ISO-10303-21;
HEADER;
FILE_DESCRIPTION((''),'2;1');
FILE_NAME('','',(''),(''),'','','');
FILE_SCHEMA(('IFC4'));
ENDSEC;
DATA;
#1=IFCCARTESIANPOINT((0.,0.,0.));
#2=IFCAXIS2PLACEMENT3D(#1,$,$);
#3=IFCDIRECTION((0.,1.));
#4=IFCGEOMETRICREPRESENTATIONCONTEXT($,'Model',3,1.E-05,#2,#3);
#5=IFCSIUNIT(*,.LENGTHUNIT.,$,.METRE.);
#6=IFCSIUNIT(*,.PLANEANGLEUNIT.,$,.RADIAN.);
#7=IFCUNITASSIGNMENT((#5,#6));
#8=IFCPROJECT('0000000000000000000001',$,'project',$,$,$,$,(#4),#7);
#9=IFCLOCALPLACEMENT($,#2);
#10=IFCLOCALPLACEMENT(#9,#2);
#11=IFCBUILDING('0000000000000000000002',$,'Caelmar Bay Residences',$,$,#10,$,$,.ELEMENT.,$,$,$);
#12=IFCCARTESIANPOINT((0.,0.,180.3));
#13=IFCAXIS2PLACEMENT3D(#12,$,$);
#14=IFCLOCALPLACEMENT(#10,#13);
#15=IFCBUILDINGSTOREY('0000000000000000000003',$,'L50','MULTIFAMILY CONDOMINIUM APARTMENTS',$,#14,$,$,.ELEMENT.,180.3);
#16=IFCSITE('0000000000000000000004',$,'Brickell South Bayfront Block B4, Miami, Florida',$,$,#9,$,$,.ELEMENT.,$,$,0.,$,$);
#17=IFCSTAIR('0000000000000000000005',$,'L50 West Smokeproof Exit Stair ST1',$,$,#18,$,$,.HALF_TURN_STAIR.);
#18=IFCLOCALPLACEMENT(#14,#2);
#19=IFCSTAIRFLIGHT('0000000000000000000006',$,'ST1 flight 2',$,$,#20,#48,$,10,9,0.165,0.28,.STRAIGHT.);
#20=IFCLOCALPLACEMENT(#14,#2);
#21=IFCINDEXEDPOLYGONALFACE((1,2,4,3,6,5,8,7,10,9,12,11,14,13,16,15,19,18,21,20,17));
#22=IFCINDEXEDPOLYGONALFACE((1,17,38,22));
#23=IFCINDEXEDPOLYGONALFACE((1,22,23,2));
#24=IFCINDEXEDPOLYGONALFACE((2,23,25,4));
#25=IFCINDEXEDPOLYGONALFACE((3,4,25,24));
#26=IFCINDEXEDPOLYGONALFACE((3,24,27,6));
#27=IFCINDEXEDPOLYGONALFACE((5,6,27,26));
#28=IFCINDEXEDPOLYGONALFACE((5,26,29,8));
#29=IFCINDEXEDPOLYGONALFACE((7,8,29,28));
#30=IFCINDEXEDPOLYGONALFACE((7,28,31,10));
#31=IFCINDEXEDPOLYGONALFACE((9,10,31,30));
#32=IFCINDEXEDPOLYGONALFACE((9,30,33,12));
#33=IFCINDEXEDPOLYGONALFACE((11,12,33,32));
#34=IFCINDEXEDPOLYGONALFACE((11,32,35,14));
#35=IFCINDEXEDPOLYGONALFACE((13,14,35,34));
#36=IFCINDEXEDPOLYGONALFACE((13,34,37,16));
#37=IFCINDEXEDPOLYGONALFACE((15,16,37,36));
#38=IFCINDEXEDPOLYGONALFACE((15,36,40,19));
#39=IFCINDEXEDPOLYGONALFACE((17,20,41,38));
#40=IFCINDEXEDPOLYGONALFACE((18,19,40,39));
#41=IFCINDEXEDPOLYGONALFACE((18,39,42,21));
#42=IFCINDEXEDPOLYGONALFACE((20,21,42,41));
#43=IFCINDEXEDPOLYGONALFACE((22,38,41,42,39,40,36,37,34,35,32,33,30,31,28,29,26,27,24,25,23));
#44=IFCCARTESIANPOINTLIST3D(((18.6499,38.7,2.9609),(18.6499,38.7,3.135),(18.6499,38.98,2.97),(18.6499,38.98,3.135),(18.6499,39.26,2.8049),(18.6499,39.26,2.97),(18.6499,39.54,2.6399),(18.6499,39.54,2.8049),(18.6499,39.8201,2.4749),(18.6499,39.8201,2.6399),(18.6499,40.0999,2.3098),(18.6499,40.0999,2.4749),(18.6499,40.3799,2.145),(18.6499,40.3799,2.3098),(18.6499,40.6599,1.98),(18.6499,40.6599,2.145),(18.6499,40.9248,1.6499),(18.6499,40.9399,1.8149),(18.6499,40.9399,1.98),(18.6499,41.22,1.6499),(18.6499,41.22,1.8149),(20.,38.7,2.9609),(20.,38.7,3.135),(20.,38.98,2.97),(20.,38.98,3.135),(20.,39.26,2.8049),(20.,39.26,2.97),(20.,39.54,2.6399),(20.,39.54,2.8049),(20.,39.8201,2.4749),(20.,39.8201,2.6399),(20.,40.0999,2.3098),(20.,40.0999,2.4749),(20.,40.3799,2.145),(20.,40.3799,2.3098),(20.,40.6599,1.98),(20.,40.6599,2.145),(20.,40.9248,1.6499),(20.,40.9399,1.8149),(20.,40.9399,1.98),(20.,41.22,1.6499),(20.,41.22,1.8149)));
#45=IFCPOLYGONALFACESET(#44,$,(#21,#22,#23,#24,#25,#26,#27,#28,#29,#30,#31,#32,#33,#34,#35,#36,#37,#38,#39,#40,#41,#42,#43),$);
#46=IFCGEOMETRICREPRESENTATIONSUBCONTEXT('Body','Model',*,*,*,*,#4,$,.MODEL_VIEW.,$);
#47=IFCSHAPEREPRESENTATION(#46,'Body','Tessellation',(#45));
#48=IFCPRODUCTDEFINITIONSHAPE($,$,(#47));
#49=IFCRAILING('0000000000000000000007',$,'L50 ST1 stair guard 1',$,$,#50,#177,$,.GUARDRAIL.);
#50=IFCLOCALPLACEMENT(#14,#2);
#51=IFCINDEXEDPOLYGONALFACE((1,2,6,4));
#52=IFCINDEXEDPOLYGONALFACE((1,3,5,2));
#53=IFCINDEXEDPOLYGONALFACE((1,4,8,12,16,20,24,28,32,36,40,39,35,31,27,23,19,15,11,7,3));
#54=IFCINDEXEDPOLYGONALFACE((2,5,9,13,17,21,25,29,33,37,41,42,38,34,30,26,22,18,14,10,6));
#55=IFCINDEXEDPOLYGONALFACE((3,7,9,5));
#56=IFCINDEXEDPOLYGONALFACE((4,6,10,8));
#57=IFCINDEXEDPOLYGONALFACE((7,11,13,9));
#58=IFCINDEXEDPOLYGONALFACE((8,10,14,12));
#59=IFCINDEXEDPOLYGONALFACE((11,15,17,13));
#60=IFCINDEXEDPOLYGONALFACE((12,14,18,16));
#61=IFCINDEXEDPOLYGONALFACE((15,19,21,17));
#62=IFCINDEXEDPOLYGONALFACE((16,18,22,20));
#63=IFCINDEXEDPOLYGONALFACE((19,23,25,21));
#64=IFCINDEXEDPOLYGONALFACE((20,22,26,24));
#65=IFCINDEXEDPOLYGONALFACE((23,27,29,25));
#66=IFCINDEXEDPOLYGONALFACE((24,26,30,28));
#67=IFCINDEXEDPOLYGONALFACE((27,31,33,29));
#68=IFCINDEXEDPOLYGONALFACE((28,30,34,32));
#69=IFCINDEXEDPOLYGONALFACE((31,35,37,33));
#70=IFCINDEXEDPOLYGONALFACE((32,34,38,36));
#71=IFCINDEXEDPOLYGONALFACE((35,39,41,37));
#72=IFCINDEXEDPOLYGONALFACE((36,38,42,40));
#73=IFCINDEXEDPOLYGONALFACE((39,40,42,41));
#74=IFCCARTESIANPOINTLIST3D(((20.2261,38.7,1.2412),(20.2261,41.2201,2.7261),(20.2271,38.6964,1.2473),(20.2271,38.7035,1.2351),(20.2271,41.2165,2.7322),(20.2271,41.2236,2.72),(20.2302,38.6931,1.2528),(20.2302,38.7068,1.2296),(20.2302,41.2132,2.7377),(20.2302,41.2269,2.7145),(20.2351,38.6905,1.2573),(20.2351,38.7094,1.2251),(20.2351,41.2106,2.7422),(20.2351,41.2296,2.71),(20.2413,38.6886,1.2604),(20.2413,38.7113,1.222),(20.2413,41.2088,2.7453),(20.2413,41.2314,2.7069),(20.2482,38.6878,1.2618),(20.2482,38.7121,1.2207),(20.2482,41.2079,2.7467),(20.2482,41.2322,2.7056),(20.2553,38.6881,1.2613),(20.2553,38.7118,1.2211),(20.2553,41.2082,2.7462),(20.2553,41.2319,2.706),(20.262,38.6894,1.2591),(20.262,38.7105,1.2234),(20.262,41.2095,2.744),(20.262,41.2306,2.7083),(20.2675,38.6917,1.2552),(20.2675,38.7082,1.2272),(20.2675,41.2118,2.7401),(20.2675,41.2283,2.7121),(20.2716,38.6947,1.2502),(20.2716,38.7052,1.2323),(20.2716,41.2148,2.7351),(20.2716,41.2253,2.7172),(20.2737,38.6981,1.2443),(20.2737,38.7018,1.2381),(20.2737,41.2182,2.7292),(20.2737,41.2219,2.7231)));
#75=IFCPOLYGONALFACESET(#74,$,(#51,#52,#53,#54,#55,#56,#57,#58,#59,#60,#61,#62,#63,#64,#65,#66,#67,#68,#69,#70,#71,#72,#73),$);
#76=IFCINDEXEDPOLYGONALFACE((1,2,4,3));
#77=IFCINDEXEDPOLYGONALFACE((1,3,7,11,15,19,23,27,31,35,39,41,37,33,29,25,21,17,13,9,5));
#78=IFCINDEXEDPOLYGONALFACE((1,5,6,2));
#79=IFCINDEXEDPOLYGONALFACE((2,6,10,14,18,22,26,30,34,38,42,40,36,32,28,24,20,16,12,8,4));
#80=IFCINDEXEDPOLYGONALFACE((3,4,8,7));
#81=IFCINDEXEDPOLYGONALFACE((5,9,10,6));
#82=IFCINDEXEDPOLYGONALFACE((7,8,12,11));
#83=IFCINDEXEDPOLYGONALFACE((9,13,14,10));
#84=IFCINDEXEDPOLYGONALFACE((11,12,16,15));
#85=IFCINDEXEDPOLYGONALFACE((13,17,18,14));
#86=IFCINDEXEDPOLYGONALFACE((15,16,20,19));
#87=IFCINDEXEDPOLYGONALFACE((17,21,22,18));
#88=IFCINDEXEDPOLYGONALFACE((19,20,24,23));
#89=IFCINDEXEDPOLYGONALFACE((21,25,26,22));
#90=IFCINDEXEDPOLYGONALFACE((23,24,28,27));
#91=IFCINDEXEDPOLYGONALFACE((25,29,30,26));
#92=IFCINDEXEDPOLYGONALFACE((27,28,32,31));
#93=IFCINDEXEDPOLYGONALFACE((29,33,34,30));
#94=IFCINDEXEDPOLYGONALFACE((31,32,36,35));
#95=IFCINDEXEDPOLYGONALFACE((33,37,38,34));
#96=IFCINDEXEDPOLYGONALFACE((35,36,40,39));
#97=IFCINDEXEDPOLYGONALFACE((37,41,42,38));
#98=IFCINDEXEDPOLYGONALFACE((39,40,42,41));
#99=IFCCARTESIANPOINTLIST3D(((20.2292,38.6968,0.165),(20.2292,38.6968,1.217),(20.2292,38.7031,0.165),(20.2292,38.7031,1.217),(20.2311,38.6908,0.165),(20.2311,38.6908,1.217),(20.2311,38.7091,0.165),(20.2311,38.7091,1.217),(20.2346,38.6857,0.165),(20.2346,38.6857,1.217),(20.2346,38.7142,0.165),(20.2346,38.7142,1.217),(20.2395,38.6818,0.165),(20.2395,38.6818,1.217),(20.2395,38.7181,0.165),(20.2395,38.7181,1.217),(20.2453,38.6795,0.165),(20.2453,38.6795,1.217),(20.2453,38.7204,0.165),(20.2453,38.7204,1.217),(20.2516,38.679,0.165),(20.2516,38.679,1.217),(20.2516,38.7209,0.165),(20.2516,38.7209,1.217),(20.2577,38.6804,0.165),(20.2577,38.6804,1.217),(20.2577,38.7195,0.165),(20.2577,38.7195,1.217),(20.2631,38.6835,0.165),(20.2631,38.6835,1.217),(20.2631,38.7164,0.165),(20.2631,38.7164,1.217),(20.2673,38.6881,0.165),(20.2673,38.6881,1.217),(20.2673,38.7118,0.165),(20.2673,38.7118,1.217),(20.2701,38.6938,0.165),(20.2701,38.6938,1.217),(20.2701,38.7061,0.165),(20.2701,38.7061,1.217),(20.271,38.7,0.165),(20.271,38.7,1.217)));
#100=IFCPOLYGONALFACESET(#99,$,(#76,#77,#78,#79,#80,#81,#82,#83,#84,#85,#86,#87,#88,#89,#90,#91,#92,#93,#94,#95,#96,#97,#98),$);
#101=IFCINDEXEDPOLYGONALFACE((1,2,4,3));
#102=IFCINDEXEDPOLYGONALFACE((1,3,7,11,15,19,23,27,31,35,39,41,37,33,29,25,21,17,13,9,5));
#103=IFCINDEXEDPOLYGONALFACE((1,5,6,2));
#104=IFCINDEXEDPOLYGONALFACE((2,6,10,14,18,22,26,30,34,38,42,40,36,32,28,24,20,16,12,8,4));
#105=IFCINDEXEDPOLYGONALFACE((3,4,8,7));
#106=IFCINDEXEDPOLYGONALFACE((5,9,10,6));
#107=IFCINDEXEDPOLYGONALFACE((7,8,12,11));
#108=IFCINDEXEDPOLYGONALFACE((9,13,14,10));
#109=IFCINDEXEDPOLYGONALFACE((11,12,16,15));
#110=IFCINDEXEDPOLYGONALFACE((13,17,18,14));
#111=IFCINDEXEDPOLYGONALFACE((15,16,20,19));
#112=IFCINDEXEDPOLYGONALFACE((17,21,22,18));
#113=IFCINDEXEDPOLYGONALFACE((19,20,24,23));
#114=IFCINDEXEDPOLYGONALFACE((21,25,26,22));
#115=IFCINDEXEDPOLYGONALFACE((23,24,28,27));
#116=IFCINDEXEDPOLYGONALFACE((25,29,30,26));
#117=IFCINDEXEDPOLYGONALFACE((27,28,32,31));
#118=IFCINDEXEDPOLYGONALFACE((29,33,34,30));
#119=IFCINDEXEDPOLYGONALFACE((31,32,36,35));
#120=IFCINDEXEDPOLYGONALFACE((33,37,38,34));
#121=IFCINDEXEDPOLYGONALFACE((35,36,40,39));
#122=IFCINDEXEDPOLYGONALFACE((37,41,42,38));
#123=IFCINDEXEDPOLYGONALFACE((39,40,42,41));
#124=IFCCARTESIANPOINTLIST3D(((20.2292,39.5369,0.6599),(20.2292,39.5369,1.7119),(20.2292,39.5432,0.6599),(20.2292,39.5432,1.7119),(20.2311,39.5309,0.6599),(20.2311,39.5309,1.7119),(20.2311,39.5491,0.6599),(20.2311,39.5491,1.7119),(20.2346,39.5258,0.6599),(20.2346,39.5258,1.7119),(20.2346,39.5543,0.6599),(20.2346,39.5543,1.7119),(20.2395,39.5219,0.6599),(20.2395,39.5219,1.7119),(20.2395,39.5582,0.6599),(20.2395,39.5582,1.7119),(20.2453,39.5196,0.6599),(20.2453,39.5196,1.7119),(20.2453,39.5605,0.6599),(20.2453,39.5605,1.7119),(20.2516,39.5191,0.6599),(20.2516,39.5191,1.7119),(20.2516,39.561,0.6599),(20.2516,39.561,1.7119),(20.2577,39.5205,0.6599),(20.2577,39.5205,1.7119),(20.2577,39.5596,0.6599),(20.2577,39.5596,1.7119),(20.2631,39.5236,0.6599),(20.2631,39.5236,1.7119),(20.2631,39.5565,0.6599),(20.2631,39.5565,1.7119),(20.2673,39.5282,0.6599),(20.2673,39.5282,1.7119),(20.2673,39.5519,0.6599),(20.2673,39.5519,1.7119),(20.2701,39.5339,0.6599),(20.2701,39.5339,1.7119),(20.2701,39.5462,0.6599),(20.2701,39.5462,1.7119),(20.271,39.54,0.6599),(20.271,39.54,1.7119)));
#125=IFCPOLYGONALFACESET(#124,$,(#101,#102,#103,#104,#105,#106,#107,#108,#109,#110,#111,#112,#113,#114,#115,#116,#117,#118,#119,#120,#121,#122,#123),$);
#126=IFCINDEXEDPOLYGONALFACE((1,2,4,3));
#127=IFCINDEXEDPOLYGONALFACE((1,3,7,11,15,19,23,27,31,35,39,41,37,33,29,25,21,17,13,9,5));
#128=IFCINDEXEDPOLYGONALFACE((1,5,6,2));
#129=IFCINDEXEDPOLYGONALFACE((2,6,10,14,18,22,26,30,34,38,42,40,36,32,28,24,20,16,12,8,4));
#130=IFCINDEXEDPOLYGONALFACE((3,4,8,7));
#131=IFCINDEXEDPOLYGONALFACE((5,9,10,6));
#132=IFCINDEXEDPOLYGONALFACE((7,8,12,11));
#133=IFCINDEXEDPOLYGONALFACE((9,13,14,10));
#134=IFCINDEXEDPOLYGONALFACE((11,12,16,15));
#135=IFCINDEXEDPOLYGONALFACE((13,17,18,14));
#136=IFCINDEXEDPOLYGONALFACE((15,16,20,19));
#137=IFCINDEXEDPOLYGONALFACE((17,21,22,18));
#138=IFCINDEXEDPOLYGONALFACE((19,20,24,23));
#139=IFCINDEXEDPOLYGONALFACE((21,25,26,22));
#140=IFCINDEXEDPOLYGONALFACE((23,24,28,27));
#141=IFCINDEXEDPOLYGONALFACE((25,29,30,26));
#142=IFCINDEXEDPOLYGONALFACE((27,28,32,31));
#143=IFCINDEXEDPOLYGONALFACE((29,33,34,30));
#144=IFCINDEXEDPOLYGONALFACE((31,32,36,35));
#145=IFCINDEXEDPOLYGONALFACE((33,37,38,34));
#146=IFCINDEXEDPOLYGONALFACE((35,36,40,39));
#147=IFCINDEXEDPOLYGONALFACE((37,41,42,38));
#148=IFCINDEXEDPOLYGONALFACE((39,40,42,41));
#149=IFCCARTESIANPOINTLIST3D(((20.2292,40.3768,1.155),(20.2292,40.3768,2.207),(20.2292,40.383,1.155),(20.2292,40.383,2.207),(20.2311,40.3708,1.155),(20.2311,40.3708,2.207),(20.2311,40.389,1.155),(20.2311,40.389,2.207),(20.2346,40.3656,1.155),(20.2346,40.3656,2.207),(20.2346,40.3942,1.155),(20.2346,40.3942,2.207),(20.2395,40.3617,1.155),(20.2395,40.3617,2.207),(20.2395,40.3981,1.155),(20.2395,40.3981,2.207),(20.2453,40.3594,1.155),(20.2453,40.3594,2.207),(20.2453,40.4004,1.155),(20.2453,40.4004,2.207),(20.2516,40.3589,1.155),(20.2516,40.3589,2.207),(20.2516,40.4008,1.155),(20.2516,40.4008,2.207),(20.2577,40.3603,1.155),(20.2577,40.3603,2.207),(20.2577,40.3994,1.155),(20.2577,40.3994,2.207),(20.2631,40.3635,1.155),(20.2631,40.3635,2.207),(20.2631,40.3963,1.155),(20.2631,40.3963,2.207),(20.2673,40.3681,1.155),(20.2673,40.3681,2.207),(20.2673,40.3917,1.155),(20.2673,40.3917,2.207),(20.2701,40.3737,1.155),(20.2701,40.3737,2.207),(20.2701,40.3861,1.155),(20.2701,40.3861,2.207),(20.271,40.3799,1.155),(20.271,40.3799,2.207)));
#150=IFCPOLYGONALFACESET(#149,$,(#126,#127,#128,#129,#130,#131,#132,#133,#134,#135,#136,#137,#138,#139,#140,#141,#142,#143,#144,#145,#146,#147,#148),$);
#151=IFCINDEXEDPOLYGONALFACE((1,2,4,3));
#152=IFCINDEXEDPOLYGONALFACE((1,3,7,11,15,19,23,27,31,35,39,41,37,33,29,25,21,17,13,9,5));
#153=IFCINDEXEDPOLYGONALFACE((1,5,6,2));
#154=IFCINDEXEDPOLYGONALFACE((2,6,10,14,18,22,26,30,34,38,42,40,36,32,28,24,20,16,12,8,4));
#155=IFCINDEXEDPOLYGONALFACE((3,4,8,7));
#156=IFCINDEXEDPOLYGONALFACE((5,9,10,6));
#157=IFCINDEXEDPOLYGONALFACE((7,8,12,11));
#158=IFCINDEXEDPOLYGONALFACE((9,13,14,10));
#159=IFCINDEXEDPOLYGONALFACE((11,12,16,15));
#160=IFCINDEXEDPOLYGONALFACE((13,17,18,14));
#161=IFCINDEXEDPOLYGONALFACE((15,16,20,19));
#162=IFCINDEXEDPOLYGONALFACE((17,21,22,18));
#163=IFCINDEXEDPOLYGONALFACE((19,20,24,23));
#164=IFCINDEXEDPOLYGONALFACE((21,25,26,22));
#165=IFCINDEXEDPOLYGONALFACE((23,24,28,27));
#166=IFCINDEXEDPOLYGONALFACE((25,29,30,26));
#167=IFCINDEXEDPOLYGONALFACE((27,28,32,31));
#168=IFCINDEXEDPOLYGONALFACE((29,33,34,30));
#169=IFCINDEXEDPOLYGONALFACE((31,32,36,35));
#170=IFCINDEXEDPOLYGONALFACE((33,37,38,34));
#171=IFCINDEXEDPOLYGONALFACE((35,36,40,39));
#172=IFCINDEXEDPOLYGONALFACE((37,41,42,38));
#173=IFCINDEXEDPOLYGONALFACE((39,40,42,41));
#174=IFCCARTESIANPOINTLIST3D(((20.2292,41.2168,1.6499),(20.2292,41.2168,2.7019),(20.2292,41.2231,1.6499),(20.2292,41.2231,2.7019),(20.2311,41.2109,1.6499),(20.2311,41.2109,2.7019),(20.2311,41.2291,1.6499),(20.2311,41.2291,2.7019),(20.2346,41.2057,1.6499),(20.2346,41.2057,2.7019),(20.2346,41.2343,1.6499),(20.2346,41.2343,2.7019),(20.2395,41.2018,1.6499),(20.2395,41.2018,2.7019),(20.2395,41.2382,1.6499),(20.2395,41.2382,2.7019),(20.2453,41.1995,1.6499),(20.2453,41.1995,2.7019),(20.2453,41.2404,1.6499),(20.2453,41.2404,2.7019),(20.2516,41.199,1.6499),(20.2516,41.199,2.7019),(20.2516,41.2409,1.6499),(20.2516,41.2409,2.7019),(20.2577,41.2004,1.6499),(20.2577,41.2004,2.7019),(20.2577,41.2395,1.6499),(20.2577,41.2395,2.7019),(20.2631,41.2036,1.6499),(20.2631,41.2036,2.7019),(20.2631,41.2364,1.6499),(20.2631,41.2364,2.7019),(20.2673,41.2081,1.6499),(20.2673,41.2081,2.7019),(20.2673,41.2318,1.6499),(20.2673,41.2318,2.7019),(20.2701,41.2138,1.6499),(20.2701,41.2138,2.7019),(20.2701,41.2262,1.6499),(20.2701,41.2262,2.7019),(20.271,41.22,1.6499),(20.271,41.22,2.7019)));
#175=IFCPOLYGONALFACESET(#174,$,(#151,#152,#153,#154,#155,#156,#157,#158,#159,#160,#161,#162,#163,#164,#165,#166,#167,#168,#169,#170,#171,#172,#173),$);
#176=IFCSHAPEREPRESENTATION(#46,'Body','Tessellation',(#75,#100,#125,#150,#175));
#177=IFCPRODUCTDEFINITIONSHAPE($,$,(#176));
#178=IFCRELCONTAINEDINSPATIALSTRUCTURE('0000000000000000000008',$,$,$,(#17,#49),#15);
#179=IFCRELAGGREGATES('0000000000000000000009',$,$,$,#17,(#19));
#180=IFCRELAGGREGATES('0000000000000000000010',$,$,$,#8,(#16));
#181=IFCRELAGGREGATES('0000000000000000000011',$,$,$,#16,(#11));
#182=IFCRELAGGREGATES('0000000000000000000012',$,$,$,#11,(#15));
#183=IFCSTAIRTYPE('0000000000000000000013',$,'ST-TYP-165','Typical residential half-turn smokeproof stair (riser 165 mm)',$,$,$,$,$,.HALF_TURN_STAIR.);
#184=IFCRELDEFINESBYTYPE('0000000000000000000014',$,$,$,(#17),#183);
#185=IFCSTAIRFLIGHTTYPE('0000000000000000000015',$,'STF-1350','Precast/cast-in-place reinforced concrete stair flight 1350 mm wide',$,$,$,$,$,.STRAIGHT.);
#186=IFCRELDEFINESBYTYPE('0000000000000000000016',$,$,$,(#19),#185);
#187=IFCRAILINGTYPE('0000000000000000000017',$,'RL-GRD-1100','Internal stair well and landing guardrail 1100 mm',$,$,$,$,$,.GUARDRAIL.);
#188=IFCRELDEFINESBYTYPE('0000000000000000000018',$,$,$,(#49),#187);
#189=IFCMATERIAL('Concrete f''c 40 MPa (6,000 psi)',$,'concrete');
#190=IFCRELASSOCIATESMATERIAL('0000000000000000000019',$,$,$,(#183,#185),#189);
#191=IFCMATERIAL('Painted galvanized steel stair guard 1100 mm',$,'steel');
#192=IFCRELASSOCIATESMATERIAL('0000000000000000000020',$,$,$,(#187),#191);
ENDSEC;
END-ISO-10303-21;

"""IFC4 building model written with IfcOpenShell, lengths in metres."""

from ifc_helpers import new_model, si_unit, direction, frame, origin, origin_2d, place, context, subcontext, project, spatial, polyline, circle, outline, extrude, material, type_object, element, aggregate, save


model = new_model("IFC4")

# Units and contexts
model_context = context("Model", 3, precision=1e-05, world=origin(), true_north=direction((0.0, 1.0)))
body_context = subcontext(model_context, "Body", "Model", "MODEL_VIEW")
ifc_project = project(units=[si_unit("LENGTHUNIT", "METRE"), si_unit("PLANEANGLEUNIT", "RADIAN")], contexts=[model_context])

# Site, building, storey
site_placement = place(None, origin())
site = spatial("IfcSite", under=ifc_project, at=site_placement, Name="Brickell South Bayfront Block B4, Miami, Florida", CompositionType="ELEMENT", RefElevation=0.0)
building_placement = place(site_placement, origin())
building = spatial("IfcBuilding", under=site, at=building_placement, Name="Caelmar Bay Residences", CompositionType="ELEMENT")
storey_placement = place(building_placement, frame((0.0, 0.0, 180.3)))
storey = spatial("IfcBuildingStorey", under=building, at=storey_placement, Name="L50", Description="MULTIFAMILY CONDOMINIUM APARTMENTS", CompositionType="ELEMENT", Elevation=180.3)

# Stair, stair flight
ifc_material_1 = material(Name="Concrete f'c 40 MPa (6,000 psi)", Category="concrete")
stair_type = type_object("IfcStairType", Name="ST-TYP-165", Description="Typical residential half-turn smokeproof stair (riser 165 mm)", PredefinedType="HALF_TURN_STAIR", material=ifc_material_1)
stair_placement = place(storey_placement, origin())
stair = element("IfcStair", 1, at=stair_placement, inside=storey, type_object=stair_type, Name="L50 West Smokeproof Exit Stair ST1", PredefinedType="HALF_TURN_STAIR")
stair_flight_type = type_object("IfcStairFlightType", Name="STF-1350", Description="Precast/cast-in-place reinforced concrete stair flight 1350 mm wide", PredefinedType="STRAIGHT", material=ifc_material_1)
stair_flight_1_placement = place(storey_placement, frame((19.325, 41.22, 1.6499), z_axis=(0.0, 0.0, 1.0), x_axis=(0.0, -1.0, 0.0)))
stair_flight_1 = element("IfcStairFlight", 2, at=stair_flight_1_placement, type_object=stair_flight_type, Name="ST1 flight 2", NumberOfRisers=10, NumberOfTreads=9, PredefinedType="STRAIGHT", RiserHeight=0.165, TreadLength=0.28, context=body_context, shape_type="SweptSolid", body=[
    extrude(outline(polyline([(0.0, 0.0), (0.0, 0.165), (0.28, 0.165), (0.28, 0.3301), (0.5601, 0.3301), (0.5601, 0.4951), (0.8401, 0.4951), (0.8401, 0.6599), (1.1201, 0.6599), (1.1201, 0.825), (1.3999, 0.825), (1.3999, 0.99), (1.6799, 0.99), (1.6799, 1.155), (1.96, 1.155), (1.96, 1.3201), (2.24, 1.3201), (2.24, 1.4851), (2.52, 1.4851), (2.52, 1.6499), (2.52, 1.311), (0.2952, 0.0), (0.0, 0.0)])), frame((0.0, 0.675, 0.0), z_axis=(0.0, -1.0, 0.0), x_axis=(1.0, 0.0, 0.0)), (0.0, 0.0, 1.0), 1.3501),
])
aggregate(stair, [stair_flight_1])

# Railing
ifc_material_2 = material(Name="Painted galvanized steel stair guard 1100 mm", Category="steel")
railing_type_1 = type_object("IfcRailingType", Name="RL-GRD-1100", Description="Internal stair well and landing guardrail 1100 mm", PredefinedType="GUARDRAIL", material=ifc_material_2)
railing_1_placement = place(storey_placement, frame((20.25, 38.7, 0.165)))
element("IfcRailing", 3, at=railing_1_placement, inside=storey, type_object=railing_type_1, Name="L50 ST1 stair guard 1", PredefinedType="GUARDRAIL", context=body_context, shape_type="SweptSolid", body=[
    extrude(circle(Radius=0.0239, at=origin_2d()), frame((0.0, 0.0, 1.0762), z_axis=(0.0, 0.861561, 0.507655), x_axis=(-1.0, 0.0, 0.0)), (0.0, 0.0, 1.0), 2.925),
    extrude(circle(Radius=0.021, at=origin_2d()), origin(), (0.0, 0.0, 1.0), 1.052),
    extrude(circle(Radius=0.021, at=origin_2d()), frame((0.0, 0.8401, 0.4949)), (0.0, 0.0, 1.0), 1.052),
    extrude(circle(Radius=0.021, at=origin_2d()), frame((0.0, 1.6799, 0.99)), (0.0, 0.0, 1.0), 1.052),
    extrude(circle(Radius=0.021, at=origin_2d()), frame((0.0, 2.52, 1.4849)), (0.0, 0.0, 1.0), 1.052),
])

save(model, "model.ifc")
